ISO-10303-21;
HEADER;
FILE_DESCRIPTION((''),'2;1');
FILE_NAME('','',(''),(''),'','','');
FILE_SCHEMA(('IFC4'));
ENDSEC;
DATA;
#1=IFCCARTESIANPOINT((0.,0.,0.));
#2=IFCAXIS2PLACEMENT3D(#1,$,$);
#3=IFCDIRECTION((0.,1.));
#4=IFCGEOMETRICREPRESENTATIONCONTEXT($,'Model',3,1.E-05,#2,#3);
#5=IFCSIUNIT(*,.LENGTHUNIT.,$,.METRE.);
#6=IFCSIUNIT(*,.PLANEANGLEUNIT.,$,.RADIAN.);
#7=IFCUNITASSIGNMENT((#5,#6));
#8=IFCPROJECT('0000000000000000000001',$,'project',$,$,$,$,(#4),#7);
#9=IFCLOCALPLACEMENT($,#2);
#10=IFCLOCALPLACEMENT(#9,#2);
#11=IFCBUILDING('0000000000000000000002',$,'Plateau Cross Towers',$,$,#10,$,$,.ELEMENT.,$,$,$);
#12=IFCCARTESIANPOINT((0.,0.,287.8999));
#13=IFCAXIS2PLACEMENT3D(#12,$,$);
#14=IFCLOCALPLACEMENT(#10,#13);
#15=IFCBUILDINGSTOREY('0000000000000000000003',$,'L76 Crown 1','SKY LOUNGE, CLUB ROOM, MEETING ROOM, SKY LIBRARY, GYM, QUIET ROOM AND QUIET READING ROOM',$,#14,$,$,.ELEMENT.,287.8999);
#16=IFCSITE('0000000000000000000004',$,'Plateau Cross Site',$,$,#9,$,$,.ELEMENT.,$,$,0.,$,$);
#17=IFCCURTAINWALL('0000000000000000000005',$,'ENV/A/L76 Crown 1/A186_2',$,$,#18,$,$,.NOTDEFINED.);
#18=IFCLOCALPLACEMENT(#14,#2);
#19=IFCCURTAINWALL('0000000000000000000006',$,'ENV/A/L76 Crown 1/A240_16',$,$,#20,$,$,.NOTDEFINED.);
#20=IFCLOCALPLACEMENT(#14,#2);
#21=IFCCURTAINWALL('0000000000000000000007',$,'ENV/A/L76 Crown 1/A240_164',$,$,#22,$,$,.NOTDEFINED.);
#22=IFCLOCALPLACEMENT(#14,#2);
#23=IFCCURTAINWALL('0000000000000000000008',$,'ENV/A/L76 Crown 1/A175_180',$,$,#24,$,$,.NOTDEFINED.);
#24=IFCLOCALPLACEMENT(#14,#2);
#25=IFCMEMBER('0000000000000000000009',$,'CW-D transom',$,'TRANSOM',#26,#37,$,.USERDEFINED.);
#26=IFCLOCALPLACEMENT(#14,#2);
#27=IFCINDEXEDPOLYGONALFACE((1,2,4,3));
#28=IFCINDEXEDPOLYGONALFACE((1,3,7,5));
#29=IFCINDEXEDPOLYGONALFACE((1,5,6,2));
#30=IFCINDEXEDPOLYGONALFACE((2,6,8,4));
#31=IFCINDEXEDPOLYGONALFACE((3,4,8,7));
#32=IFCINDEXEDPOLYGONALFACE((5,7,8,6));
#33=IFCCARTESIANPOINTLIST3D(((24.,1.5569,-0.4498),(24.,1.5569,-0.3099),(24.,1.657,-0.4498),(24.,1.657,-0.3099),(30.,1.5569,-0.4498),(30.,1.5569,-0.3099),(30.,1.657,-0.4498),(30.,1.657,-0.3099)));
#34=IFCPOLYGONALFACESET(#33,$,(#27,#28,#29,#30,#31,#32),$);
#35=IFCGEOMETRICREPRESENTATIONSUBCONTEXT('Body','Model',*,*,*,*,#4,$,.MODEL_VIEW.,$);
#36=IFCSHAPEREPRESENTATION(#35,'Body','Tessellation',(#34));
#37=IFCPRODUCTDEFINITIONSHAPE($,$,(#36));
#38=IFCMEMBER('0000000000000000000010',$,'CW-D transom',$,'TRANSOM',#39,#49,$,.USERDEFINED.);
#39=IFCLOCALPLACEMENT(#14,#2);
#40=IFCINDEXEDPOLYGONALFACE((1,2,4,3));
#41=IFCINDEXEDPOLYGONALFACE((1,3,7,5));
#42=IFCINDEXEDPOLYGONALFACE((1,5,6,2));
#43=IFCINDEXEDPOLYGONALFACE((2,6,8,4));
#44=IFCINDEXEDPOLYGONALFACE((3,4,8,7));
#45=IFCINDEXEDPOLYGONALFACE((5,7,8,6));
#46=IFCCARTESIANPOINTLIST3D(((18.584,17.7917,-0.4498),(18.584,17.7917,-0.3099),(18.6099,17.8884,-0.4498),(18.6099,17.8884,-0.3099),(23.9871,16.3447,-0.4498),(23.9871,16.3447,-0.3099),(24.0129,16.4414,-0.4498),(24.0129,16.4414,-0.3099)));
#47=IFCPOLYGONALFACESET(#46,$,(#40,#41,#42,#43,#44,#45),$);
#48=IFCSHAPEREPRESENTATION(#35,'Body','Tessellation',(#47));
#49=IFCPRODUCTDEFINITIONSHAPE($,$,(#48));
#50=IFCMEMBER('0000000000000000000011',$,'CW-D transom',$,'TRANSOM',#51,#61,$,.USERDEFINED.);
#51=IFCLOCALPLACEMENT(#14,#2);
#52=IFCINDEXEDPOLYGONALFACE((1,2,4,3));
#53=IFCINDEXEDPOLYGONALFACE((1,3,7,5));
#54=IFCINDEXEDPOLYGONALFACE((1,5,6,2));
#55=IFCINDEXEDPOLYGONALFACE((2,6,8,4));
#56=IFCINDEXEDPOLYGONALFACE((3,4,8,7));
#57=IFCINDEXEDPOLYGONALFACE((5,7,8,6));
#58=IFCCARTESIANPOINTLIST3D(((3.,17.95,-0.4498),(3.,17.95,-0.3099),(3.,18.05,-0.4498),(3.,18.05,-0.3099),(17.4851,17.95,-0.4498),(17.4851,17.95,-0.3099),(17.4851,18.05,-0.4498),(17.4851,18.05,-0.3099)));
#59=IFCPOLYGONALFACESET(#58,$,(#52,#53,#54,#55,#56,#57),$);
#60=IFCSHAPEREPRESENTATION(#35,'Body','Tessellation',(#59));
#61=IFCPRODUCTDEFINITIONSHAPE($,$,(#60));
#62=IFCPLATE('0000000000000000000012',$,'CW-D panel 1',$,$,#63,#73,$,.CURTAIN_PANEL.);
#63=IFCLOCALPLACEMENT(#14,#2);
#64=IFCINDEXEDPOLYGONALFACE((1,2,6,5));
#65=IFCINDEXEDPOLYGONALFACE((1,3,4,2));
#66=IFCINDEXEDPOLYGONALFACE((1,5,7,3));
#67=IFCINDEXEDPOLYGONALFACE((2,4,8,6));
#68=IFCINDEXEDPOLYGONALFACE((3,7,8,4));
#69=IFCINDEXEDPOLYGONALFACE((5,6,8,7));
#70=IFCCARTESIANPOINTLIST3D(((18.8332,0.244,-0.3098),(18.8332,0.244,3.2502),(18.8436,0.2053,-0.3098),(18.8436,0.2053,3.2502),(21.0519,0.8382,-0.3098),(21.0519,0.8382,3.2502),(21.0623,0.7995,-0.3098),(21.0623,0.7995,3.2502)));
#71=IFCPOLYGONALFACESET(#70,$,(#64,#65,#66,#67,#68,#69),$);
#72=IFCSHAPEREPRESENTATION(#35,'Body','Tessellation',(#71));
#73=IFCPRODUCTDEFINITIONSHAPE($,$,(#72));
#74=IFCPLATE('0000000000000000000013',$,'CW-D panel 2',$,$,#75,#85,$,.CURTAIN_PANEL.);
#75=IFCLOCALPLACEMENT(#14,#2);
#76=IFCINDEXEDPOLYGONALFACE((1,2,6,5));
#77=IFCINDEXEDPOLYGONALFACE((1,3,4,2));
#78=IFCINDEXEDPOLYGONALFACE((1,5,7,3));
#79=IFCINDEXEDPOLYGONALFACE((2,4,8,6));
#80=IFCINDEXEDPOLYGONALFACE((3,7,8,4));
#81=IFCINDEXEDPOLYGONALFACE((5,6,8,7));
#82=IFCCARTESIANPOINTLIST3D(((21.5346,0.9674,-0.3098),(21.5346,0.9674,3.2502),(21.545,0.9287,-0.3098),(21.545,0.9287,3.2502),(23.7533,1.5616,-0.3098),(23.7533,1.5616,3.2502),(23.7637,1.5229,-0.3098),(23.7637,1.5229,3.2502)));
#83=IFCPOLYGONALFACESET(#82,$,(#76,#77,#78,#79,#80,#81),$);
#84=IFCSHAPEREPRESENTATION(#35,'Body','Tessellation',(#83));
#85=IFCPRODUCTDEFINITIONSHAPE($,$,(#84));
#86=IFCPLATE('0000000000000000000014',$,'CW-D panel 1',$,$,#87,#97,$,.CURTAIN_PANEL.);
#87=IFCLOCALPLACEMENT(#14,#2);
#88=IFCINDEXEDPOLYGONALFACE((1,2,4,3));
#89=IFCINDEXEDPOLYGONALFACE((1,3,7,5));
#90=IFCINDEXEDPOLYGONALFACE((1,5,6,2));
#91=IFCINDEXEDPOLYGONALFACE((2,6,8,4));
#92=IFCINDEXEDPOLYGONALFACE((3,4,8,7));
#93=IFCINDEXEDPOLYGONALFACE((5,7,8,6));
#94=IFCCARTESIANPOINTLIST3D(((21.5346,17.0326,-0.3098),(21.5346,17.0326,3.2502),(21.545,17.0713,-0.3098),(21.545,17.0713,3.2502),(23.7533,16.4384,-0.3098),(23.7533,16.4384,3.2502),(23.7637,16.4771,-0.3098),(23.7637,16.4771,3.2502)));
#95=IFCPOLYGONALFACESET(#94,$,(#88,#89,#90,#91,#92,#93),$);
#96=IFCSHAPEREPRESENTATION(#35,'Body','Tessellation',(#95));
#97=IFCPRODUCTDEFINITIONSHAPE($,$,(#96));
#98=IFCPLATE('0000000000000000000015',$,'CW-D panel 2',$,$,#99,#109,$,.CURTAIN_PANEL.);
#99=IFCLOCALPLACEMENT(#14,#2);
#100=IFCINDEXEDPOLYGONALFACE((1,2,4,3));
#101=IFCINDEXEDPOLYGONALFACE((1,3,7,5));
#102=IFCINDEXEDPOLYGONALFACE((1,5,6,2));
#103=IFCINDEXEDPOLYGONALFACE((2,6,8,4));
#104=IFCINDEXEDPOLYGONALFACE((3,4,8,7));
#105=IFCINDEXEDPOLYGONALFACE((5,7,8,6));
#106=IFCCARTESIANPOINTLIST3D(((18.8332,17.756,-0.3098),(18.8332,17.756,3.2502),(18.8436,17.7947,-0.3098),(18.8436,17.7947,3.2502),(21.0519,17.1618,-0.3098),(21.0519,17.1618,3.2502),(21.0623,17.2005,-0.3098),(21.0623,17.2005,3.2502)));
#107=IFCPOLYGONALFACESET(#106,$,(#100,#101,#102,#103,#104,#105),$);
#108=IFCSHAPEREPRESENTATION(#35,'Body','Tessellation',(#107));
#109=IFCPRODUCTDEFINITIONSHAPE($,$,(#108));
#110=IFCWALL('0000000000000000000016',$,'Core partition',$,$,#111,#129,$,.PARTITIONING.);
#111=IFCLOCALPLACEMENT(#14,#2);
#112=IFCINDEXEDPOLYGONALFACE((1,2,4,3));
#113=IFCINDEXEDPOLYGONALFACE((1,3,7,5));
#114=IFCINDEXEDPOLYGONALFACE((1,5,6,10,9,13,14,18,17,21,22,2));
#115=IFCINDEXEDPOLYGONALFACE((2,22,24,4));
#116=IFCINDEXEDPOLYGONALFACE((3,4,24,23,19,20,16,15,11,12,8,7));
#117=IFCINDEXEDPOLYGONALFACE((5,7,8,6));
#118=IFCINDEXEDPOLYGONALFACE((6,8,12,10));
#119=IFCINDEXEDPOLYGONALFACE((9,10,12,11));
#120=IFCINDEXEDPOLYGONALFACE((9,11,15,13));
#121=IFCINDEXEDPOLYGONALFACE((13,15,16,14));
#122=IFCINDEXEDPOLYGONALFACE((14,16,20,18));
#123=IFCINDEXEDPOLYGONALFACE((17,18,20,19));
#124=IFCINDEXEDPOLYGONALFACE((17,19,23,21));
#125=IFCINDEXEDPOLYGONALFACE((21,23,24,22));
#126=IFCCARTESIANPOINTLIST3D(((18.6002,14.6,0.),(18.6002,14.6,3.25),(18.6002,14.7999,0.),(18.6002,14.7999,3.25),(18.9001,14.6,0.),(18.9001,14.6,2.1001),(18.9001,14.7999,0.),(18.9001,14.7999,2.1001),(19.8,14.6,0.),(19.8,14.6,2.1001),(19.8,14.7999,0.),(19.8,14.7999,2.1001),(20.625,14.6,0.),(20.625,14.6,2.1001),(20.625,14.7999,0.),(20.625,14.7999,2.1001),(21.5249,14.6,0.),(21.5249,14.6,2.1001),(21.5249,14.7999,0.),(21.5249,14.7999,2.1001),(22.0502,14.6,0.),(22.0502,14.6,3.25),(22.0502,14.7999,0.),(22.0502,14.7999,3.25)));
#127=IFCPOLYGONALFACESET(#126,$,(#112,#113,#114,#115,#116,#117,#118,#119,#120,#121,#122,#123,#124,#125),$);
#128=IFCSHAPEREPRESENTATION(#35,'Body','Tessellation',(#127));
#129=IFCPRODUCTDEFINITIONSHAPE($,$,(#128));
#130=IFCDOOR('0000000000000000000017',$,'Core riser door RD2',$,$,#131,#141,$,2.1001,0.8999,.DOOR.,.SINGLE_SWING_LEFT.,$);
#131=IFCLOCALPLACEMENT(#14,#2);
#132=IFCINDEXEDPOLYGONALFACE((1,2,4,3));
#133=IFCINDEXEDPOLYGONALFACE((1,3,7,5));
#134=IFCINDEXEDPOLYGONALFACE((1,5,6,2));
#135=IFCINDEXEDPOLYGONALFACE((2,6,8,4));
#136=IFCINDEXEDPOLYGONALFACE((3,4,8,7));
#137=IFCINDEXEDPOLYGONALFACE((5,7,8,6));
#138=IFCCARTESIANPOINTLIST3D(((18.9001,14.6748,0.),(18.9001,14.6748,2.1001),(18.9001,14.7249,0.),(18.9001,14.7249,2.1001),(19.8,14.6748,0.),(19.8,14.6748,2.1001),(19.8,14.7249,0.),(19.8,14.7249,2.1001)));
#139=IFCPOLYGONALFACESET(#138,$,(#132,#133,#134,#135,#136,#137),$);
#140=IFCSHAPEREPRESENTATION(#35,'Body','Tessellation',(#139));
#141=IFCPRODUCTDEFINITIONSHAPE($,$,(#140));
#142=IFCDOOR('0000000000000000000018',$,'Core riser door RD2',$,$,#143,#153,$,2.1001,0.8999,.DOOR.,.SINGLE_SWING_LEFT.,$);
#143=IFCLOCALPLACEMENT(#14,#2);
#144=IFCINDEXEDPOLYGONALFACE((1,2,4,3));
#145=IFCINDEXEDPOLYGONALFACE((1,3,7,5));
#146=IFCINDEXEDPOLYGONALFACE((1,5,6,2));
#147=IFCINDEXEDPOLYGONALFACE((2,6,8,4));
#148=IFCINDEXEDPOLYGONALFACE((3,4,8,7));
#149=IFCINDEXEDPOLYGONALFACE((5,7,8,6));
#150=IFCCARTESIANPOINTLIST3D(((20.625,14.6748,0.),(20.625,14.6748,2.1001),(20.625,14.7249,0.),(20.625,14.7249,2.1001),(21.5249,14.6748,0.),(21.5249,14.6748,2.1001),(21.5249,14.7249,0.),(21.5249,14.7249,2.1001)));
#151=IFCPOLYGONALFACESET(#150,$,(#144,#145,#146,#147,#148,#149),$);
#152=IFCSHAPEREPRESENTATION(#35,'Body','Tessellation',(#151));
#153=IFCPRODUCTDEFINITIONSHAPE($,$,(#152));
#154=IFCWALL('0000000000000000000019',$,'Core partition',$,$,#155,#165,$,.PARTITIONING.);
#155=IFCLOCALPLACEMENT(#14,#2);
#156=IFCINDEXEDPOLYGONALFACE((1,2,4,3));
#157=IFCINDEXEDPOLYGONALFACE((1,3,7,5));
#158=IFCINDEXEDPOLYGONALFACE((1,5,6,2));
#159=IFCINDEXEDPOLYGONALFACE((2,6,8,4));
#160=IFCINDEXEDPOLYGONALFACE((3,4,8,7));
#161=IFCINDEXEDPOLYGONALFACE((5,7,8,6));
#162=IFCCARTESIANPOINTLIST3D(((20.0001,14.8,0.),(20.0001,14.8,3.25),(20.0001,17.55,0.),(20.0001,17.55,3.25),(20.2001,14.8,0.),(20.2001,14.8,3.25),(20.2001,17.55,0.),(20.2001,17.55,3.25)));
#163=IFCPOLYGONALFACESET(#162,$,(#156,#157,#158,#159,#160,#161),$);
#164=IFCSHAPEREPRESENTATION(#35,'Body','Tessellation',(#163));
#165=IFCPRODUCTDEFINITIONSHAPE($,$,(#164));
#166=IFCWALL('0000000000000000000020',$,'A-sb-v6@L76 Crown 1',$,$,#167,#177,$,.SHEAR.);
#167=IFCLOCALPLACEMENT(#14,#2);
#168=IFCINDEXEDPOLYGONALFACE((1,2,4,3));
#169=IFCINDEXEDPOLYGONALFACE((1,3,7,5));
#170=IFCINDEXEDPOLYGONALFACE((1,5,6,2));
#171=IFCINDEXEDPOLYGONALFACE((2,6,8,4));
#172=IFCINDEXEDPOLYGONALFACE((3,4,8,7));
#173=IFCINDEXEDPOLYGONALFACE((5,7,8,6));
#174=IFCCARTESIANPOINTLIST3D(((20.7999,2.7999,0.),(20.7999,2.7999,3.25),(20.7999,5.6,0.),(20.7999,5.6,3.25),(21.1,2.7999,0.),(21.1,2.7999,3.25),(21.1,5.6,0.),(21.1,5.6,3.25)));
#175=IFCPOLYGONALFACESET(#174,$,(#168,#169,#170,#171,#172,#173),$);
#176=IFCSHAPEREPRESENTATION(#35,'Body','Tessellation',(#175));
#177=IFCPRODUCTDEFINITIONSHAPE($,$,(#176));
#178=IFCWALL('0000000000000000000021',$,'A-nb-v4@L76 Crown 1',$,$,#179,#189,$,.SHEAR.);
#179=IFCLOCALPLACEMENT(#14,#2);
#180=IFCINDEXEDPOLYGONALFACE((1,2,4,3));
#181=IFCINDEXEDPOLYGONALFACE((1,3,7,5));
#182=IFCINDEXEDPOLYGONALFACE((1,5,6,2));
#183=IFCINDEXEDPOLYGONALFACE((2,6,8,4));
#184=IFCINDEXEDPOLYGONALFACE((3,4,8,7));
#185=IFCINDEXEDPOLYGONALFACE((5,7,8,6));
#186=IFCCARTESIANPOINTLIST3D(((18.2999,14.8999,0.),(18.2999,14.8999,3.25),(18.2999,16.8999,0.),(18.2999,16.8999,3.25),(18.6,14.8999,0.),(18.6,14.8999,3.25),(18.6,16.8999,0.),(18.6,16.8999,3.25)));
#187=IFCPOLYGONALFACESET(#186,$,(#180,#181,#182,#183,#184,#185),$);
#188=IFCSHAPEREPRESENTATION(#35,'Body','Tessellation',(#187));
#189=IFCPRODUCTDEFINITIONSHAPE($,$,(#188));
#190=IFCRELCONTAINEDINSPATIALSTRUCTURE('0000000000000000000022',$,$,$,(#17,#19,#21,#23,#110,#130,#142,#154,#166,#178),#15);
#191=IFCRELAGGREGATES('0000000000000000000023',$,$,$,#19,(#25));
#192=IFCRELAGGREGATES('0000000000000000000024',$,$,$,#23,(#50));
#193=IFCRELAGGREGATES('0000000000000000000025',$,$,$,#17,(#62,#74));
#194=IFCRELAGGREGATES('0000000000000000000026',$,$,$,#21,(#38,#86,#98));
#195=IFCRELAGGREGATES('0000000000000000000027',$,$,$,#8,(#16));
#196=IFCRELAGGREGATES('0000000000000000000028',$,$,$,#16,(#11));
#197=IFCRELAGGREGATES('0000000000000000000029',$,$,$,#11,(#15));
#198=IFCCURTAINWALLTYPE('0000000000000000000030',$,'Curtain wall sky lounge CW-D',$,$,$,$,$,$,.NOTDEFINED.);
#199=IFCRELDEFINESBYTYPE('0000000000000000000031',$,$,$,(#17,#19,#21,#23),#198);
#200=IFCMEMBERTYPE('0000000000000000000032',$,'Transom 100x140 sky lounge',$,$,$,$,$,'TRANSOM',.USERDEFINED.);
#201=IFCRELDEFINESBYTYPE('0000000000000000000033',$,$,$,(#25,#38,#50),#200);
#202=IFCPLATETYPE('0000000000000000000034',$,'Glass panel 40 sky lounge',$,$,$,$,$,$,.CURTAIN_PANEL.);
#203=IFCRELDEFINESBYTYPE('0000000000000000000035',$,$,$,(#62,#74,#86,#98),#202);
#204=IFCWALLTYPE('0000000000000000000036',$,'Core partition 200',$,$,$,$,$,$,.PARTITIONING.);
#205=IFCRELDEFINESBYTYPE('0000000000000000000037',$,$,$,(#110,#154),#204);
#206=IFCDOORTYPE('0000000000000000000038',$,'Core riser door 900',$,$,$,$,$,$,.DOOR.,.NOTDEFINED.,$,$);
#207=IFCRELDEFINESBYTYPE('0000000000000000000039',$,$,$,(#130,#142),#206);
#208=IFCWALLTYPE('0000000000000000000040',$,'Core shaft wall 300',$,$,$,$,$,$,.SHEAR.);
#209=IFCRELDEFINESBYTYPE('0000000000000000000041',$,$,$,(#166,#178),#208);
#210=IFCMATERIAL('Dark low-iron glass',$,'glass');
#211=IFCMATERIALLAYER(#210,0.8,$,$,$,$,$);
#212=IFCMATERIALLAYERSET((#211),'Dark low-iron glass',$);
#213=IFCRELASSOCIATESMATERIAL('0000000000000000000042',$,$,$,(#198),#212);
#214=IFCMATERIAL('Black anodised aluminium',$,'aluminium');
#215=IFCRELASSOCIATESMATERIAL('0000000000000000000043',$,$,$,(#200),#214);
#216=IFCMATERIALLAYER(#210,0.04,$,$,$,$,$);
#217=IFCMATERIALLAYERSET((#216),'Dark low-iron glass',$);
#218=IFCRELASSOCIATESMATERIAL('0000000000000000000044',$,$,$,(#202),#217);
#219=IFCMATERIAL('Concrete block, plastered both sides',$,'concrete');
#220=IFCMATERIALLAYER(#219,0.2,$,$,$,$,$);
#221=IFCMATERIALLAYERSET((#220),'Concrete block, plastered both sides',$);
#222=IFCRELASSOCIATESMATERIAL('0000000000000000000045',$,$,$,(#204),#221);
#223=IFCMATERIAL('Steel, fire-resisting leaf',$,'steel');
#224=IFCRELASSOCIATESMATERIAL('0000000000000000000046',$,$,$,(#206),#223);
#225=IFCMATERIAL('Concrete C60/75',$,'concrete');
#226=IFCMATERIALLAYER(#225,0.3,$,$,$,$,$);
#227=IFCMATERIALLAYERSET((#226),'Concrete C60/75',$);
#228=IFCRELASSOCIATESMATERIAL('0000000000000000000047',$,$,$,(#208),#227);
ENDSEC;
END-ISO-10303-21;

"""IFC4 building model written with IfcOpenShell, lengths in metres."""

from ifc_helpers import new_model, si_unit, direction, frame, frame_2d, origin, origin_2d, place, context, subcontext, project, spatial, rectangle, extrude, material, layer, layer_set, material_profile, profile_set, type_object, element, fill, aggregate, save


model = new_model("IFC4")

# Units and contexts
model_context = context("Model", 3, precision=1e-05, world=origin(), true_north=direction((0.0, 1.0)))
body_context = subcontext(model_context, "Body", "Model", "MODEL_VIEW")
ifc_project = project(units=[si_unit("LENGTHUNIT", "METRE"), si_unit("PLANEANGLEUNIT", "RADIAN")], contexts=[model_context])

# Site, building, storey
site_placement = place(None, origin())
site = spatial("IfcSite", under=ifc_project, at=site_placement, Name="Plateau Cross Site", CompositionType="ELEMENT", RefElevation=0.0)
building_placement = place(site_placement, origin())
building = spatial("IfcBuilding", under=site, at=building_placement, Name="Plateau Cross Towers", CompositionType="ELEMENT")
storey_placement = place(building_placement, frame((0.0, 0.0, 287.8999)))
storey = spatial("IfcBuildingStorey", under=building, at=storey_placement, Name="L76 Crown 1", Description="SKY LOUNGE, CLUB ROOM, MEETING ROOM, SKY LIBRARY, GYM, QUIET ROOM AND QUIET READING ROOM", CompositionType="ELEMENT", Elevation=287.8999)

# Shared definitions
ifc_material_1 = material(Name="Concrete C60/75", Category="concrete")

# Shared definitions
ifc_material_2 = material(Name="Dark low-iron glass", Category="glass")
ifc_layer_1 = layer(ifc_material_2, 0.8)
ifc_layer_set_1 = layer_set([ifc_layer_1], Name="Dark low-iron glass")
curtain_wall_type = type_object("IfcCurtainWallType", Name="Curtain wall sky lounge CW-D", PredefinedType="NOTDEFINED", material=ifc_layer_set_1)
ifc_material_3 = material(Name="Black anodised aluminium", Category="aluminium")

# Curtain wall
curtain_wall_1_placement = place(storey_placement, origin())
curtain_wall_1 = element("IfcCurtainWall", 1, at=curtain_wall_1_placement, inside=storey, type_object=curtain_wall_type, Name="ENV/A/L76 Crown 1/A186_2", PredefinedType="NOTDEFINED")

# Curtain wall
curtain_wall_2_placement = place(storey_placement, origin())
curtain_wall_2 = element("IfcCurtainWall", 2, at=curtain_wall_2_placement, inside=storey, type_object=curtain_wall_type, Name="ENV/A/L76 Crown 1/A240_16", PredefinedType="NOTDEFINED")

# Curtain wall
curtain_wall_3_placement = place(storey_placement, origin())
curtain_wall_3 = element("IfcCurtainWall", 3, at=curtain_wall_3_placement, inside=storey, type_object=curtain_wall_type, Name="ENV/A/L76 Crown 1/A240_164", PredefinedType="NOTDEFINED")

# Curtain wall
curtain_wall_4_placement = place(storey_placement, origin())
curtain_wall_4 = element("IfcCurtainWall", 4, at=curtain_wall_4_placement, inside=storey, type_object=curtain_wall_type, Name="ENV/A/L76 Crown 1/A175_180", PredefinedType="NOTDEFINED")

# Members
ifc_material_profile_1 = material_profile(ifc_material_3, rectangle(XDim=0.1001, YDim=0.1399, at=origin_2d()), Name="TRANSOM 100x140")
ifc_profile_set_1 = profile_set([ifc_material_profile_1], Name="Black anodised aluminium")
member_type_1 = type_object("IfcMemberType", Name="Transom 100x140 sky lounge", ElementType="TRANSOM", PredefinedType="USERDEFINED", material=ifc_profile_set_1)
member_1_placement = place(storey_placement, frame((24.0, 1.6069, -0.3799), z_axis=(1.0, 0.0, 0.0), x_axis=(0.0, 1.0, 0.0)))
member_1 = element("IfcMember", 5, at=member_1_placement, type_object=member_type_1, Name="CW-D transom", ObjectType="TRANSOM", PredefinedType="USERDEFINED", context=body_context, shape_type="SweptSolid", body=[
    extrude(rectangle(XDim=0.1001, YDim=0.1399, at=origin_2d()), origin(), (0.0, 0.0, 1.0), 6.0),
])
aggregate(curtain_wall_2, [member_1])
member_2_placement = place(storey_placement, frame((24.0, 16.3931, -0.3799), z_axis=(-0.965958, 0.258698, 0.0), x_axis=(-0.258698, -0.965958, 0.0)))
member_2 = element("IfcMember", 6, at=member_2_placement, type_object=member_type_1, Name="CW-D transom", ObjectType="TRANSOM", PredefinedType="USERDEFINED", context=body_context, shape_type="SweptSolid", body=[
    extrude(rectangle(XDim=0.1001, YDim=0.1399, at=origin_2d()), origin(), (0.0, 0.0, 1.0), 5.5935),
])
member_3_placement = place(storey_placement, frame((17.4851, 18.0, -0.3799), z_axis=(-1.0, 0.0, 0.0), x_axis=(0.0, -1.0, 0.0)))
member_3 = element("IfcMember", 7, at=member_3_placement, type_object=member_type_1, Name="CW-D transom", ObjectType="TRANSOM", PredefinedType="USERDEFINED", context=body_context, shape_type="SweptSolid", body=[
    extrude(rectangle(XDim=0.1001, YDim=0.1399, at=origin_2d()), origin(), (0.0, 0.0, 1.0), 14.4851),
])
aggregate(curtain_wall_4, [member_3])

# Plates
ifc_layer_2 = layer(ifc_material_2, 0.04)
ifc_layer_set_2 = layer_set([ifc_layer_2], Name="Dark low-iron glass")
plate_type = type_object("IfcPlateType", Name="Glass panel 40 sky lounge", PredefinedType="CURTAIN_PANEL", material=ifc_layer_set_2)
plate_1_placement = place(storey_placement, frame((19.9478, 0.5217, -0.3098), z_axis=(0.0, 0.0, 1.0), x_axis=(0.965958, 0.258699, 0.0)))
plate_1 = element("IfcPlate", 8, at=plate_1_placement, type_object=plate_type, Name="CW-D panel 1", PredefinedType="CURTAIN_PANEL", context=body_context, shape_type="SweptSolid", body=[
    extrude(rectangle(XDim=2.2969, YDim=0.04, at=origin_2d()), origin(), (0.0, 0.0, 1.0), 3.5601),
])
plate_2_placement = place(storey_placement, frame((22.6492, 1.2451, -0.3098), z_axis=(0.0, 0.0, 1.0), x_axis=(0.965958, 0.258699, 0.0)))
plate_2 = element("IfcPlate", 9, at=plate_2_placement, type_object=plate_type, Name="CW-D panel 2", PredefinedType="CURTAIN_PANEL", context=body_context, shape_type="SweptSolid", body=[
    extrude(rectangle(XDim=2.2969, YDim=0.04, at=origin_2d()), origin(), (0.0, 0.0, 1.0), 3.5601),
])
aggregate(curtain_wall_1, [plate_1, plate_2])
plate_3_placement = place(storey_placement, frame((22.6492, 16.7549, -0.3098), z_axis=(0.0, 0.0, 1.0), x_axis=(-0.965958, 0.258699, 0.0)))
plate_3 = element("IfcPlate", 10, at=plate_3_placement, type_object=plate_type, Name="CW-D panel 1", PredefinedType="CURTAIN_PANEL", context=body_context, shape_type="SweptSolid", body=[
    extrude(rectangle(XDim=2.2969, YDim=0.04, at=origin_2d()), origin(), (0.0, 0.0, 1.0), 3.5601),
])
plate_4_placement = place(storey_placement, frame((19.9478, 17.4783, -0.3098), z_axis=(0.0, 0.0, 1.0), x_axis=(-0.965958, 0.258699, 0.0)))
plate_4 = element("IfcPlate", 11, at=plate_4_placement, type_object=plate_type, Name="CW-D panel 2", PredefinedType="CURTAIN_PANEL", context=body_context, shape_type="SweptSolid", body=[
    extrude(rectangle(XDim=2.2969, YDim=0.04, at=origin_2d()), origin(), (0.0, 0.0, 1.0), 3.5601),
])
aggregate(curtain_wall_3, [member_2, plate_3, plate_4])

# Wall, openings, doors
ifc_material_4 = material(Name="Concrete block, plastered both sides", Category="concrete")
ifc_layer_3 = layer(ifc_material_4, 0.2)
ifc_layer_set_3 = layer_set([ifc_layer_3], Name="Concrete block, plastered both sides")
wall_type_1 = type_object("IfcWallType", Name="Core partition 200", PredefinedType="PARTITIONING", material=ifc_layer_set_3)
wall_1_placement = place(storey_placement, frame((18.6001, 14.7, 0.0), z_axis=(0.0, 0.0, 1.0), x_axis=(1.0, 0.0, 0.0)))
wall_1 = element("IfcWall", 12, at=wall_1_placement, inside=storey, type_object=wall_type_1, Name="Core partition", PredefinedType="PARTITIONING", context=body_context, shape_type="SweptSolid", body=[
    extrude(rectangle(XDim=3.45, YDim=0.2, at=frame_2d((1.7251, 0.0))), origin(), (0.0, 0.0, 1.0), 3.25),
])
opening_1_placement = place(wall_1_placement, frame((0.3, 0.0, 0.0)))
opening_1 = element("IfcOpeningElement", 13, at=opening_1_placement, cuts=wall_1, PredefinedType="OPENING", context=body_context, shape_type="SweptSolid", body=[
    extrude(rectangle(XDim=0.8999, YDim=2.1001, at=frame_2d((0.45, 1.05))), frame((0.0, 0.1099, 0.0), z_axis=(0.0, -1.0, 0.0), x_axis=(1.0, 0.0, 0.0)), (0.0, 0.0, 1.0), 0.22),
])
opening_2_placement = place(wall_1_placement, frame((2.0249, 0.0, 0.0)))
opening_2 = element("IfcOpeningElement", 14, at=opening_2_placement, cuts=wall_1, PredefinedType="OPENING", context=body_context, shape_type="SweptSolid", body=[
    extrude(rectangle(XDim=0.8999, YDim=2.1001, at=frame_2d((0.45, 1.05))), frame((0.0, 0.1099, 0.0), z_axis=(0.0, -1.0, 0.0), x_axis=(1.0, 0.0, 0.0)), (0.0, 0.0, 1.0), 0.22),
])
ifc_material_5 = material(Name="Steel, fire-resisting leaf", Category="steel")
door_type_1 = type_object("IfcDoorType", Name="Core riser door 900", OperationType="NOTDEFINED", PredefinedType="DOOR", material=ifc_material_5)
door_1_placement = place(opening_1_placement, origin())
door_1 = element("IfcDoor", 15, at=door_1_placement, inside=storey, type_object=door_type_1, Name="Core riser door RD2", OperationType="SINGLE_SWING_LEFT", OverallHeight=2.1001, OverallWidth=0.8999, PredefinedType="DOOR", context=body_context, shape_type="SweptSolid", body=[
    extrude(rectangle(XDim=0.8999, YDim=2.1001, at=frame_2d((0.45, 1.05))), frame((0.0, 0.0249, 0.0), z_axis=(0.0, -1.0, 0.0), x_axis=(1.0, 0.0, 0.0)), (0.0, 0.0, 1.0), 0.05),
])
fill(opening_1, door_1)
door_2_placement = place(opening_2_placement, origin())
door_2 = element("IfcDoor", 16, at=door_2_placement, inside=storey, type_object=door_type_1, Name="Core riser door RD2", OperationType="SINGLE_SWING_LEFT", OverallHeight=2.1001, OverallWidth=0.8999, PredefinedType="DOOR", context=body_context, shape_type="SweptSolid", body=[
    extrude(rectangle(XDim=0.8999, YDim=2.1001, at=frame_2d((0.45, 1.05))), frame((0.0, 0.0249, 0.0), z_axis=(0.0, -1.0, 0.0), x_axis=(1.0, 0.0, 0.0)), (0.0, 0.0, 1.0), 0.05),
])
fill(opening_2, door_2)

# Walls
wall_2_placement = place(storey_placement, frame((20.1001, 14.8, 0.0), z_axis=(0.0, 0.0, 1.0), x_axis=(0.0, 1.0, 0.0)))
element("IfcWall", 17, at=wall_2_placement, inside=storey, type_object=wall_type_1, Name="Core partition", PredefinedType="PARTITIONING", context=body_context, shape_type="SweptSolid", body=[
    extrude(rectangle(XDim=2.75, YDim=0.2, at=frame_2d((1.375, 0.0))), origin(), (0.0, 0.0, 1.0), 3.25),
])
ifc_layer_4 = layer(ifc_material_1, 0.3)
ifc_layer_set_4 = layer_set([ifc_layer_4], Name="Concrete C60/75")
wall_type_2 = type_object("IfcWallType", Name="Core shaft wall 300", PredefinedType="SHEAR", material=ifc_layer_set_4)
wall_3_placement = place(storey_placement, frame((20.95, 2.8, 0.0), z_axis=(0.0, 0.0, 1.0), x_axis=(0.0, 1.0, 0.0)))
element("IfcWall", 18, at=wall_3_placement, inside=storey, type_object=wall_type_2, Name="A-sb-v6@L76 Crown 1", PredefinedType="SHEAR", context=body_context, shape_type="SweptSolid", body=[
    extrude(rectangle(XDim=2.8, YDim=0.3, at=frame_2d((1.3999, 0.0))), origin(), (0.0, 0.0, 1.0), 3.25),
])
wall_4_placement = place(storey_placement, frame((18.45, 14.8999, 0.0), z_axis=(0.0, 0.0, 1.0), x_axis=(0.0, 1.0, 0.0)))
element("IfcWall", 19, at=wall_4_placement, inside=storey, type_object=wall_type_2, Name="A-nb-v4@L76 Crown 1", PredefinedType="SHEAR", context=body_context, shape_type="SweptSolid", body=[
    extrude(rectangle(XDim=2.0, YDim=0.3, at=frame_2d((1.0, 0.0))), origin(), (0.0, 0.0, 1.0), 3.25),
])

save(model, "model.ifc")
